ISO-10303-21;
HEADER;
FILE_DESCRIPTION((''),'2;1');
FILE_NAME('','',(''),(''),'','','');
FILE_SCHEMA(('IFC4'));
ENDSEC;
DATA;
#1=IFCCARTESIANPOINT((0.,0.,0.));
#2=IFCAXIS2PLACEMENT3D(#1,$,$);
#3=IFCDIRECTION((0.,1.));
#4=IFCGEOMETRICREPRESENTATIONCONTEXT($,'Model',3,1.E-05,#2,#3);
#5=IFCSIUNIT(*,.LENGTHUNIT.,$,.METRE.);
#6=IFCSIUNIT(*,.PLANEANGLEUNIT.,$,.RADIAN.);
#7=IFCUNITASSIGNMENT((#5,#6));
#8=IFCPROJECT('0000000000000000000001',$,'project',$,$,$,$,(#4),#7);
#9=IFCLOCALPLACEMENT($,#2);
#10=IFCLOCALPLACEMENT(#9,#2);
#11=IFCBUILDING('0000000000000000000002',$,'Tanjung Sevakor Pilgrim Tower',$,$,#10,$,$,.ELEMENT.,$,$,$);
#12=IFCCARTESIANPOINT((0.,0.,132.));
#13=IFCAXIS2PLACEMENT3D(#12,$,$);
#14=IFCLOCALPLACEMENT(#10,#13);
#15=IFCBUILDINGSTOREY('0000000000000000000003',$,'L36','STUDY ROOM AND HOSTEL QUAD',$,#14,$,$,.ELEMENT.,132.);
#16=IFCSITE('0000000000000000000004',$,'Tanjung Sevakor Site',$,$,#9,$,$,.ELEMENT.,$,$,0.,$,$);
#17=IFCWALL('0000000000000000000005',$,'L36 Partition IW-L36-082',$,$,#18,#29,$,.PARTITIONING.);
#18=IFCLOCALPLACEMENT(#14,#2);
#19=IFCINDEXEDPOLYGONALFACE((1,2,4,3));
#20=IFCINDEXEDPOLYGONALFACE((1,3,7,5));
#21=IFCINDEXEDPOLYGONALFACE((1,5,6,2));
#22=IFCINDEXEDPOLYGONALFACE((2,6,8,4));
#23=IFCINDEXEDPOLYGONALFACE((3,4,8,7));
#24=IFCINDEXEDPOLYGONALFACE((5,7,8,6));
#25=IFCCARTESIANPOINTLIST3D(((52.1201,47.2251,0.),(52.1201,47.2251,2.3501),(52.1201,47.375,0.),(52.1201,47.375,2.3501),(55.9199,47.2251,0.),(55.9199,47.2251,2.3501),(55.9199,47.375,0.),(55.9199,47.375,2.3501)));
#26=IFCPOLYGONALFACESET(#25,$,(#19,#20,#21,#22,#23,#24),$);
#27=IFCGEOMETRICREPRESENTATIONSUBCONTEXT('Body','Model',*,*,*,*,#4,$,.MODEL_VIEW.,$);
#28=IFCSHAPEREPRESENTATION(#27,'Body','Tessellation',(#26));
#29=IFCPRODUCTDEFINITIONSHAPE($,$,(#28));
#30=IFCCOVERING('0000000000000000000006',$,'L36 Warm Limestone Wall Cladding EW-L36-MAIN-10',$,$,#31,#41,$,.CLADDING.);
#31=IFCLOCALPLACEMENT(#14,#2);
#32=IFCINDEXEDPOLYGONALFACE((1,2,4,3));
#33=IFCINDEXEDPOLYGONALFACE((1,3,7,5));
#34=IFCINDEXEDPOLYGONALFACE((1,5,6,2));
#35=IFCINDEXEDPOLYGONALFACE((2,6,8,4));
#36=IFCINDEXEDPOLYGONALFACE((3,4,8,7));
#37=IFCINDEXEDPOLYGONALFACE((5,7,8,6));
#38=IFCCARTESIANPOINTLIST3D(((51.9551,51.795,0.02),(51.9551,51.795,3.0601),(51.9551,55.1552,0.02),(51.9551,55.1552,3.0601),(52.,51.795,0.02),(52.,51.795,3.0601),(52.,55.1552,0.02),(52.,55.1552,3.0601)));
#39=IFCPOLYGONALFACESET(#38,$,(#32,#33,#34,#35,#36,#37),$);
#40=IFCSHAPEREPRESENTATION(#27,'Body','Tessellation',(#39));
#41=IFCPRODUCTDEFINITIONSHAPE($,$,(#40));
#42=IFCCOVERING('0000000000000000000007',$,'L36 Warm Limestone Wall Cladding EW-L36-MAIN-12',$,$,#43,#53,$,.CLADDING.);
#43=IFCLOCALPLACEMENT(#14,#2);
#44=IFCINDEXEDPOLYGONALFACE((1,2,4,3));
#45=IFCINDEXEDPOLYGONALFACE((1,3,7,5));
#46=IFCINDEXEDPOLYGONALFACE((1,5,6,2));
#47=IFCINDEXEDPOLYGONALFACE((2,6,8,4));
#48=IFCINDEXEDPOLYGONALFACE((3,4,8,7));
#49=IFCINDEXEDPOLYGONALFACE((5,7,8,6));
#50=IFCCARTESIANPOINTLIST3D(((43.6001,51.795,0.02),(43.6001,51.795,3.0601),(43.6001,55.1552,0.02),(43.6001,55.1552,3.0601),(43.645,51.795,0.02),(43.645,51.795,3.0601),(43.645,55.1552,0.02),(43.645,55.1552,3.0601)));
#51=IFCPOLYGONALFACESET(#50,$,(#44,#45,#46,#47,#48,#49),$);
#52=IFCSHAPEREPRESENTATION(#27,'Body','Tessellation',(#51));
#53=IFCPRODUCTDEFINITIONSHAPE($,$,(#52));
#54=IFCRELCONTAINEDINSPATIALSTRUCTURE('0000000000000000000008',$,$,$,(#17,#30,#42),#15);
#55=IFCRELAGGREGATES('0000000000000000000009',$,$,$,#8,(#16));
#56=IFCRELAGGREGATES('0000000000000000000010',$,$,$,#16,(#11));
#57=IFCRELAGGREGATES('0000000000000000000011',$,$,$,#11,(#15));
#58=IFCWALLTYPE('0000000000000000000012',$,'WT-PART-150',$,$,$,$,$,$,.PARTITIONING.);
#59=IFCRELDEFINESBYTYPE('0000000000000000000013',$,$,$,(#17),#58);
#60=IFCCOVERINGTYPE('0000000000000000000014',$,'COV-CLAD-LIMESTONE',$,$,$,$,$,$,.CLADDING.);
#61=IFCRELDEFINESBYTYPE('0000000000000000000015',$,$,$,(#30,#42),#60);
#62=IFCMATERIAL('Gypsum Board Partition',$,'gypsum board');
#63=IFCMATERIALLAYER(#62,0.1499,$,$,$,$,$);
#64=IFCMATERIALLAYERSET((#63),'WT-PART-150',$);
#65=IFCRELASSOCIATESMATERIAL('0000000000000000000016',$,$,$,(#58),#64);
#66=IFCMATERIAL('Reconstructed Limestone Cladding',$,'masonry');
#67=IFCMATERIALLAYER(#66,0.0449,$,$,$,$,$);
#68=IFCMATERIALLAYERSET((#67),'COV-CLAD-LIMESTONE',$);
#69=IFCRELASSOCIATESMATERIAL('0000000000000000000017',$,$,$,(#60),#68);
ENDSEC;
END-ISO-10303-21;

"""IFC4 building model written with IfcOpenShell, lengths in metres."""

from ifc_helpers import new_model, si_unit, direction, frame, frame_2d, origin, origin_2d, place, context, subcontext, project, spatial, rectangle, extrude, material, layer, layer_set, type_object, element, save


model = new_model("IFC4")

# Units and contexts
model_context = context("Model", 3, precision=1e-05, world=origin(), true_north=direction((0.0, 1.0)))
body_context = subcontext(model_context, "Body", "Model", "MODEL_VIEW")
ifc_project = project(units=[si_unit("LENGTHUNIT", "METRE"), si_unit("PLANEANGLEUNIT", "RADIAN")], contexts=[model_context])

# Site, building, storey
site_placement = place(None, origin())
site = spatial("IfcSite", under=ifc_project, at=site_placement, Name="Tanjung Sevakor Site", CompositionType="ELEMENT", RefElevation=0.0)
building_placement = place(site_placement, origin())
building = spatial("IfcBuilding", under=site, at=building_placement, Name="Tanjung Sevakor Pilgrim Tower", CompositionType="ELEMENT")
storey_placement = place(building_placement, frame((0.0, 0.0, 132.0)))
storey = spatial("IfcBuildingStorey", under=building, at=storey_placement, Name="L36", Description="STUDY ROOM AND HOSTEL QUAD", CompositionType="ELEMENT", Elevation=132.0)

# Wall
ifc_material_1 = material(Name="Gypsum Board Partition", Category="gypsum board")
ifc_layer_1 = layer(ifc_material_1, 0.1499)
ifc_layer_set_1 = layer_set([ifc_layer_1], Name="WT-PART-150")
wall_type_1 = type_object("IfcWallType", Name="WT-PART-150", PredefinedType="PARTITIONING", material=ifc_layer_set_1)
wall_1_placement = place(storey_placement, frame((52.1201, 47.3, 0.0), z_axis=(0.0, 0.0, 1.0), x_axis=(1.0, 0.0, 0.0)))
element("IfcWall", 1, at=wall_1_placement, inside=storey, type_object=wall_type_1, Name="L36 Partition IW-L36-082", PredefinedType="PARTITIONING", context=body_context, shape_type="SweptSolid", body=[
    extrude(rectangle(XDim=3.7998, YDim=0.1499, at=frame_2d((1.8999, 0.0))), origin(), (0.0, 0.0, 1.0), 2.3501),
])

# Coverings
ifc_material_2 = material(Name="Reconstructed Limestone Cladding", Category="masonry")
ifc_layer_2 = layer(ifc_material_2, 0.0449)
ifc_layer_set_2 = layer_set([ifc_layer_2], Name="COV-CLAD-LIMESTONE")
covering_type = type_object("IfcCoveringType", Name="COV-CLAD-LIMESTONE", PredefinedType="CLADDING", material=ifc_layer_set_2)
for number, where, z_axis, x_axis, name in (
    (2, (51.9775, 53.4751, 0.02), (0.0, 0.0, 1.0), (0.0, -1.0, 0.0), "L36 Warm Limestone Wall Cladding EW-L36-MAIN-10"),
    (3, (43.6226, 53.4751, 0.02), (0.0, 0.0, 1.0), (0.0, 1.0, 0.0), "L36 Warm Limestone Wall Cladding EW-L36-MAIN-12"),
):
    element("IfcCovering", number, at=place(storey_placement, frame(where, z_axis=z_axis, x_axis=x_axis)), inside=storey, type_object=covering_type, Name=name, PredefinedType="CLADDING", context=body_context, shape_type="SweptSolid", body=[
        extrude(rectangle(XDim=3.3601, YDim=0.0449, at=origin_2d()), origin(), (0.0, 0.0, 1.0), 3.04),
    ])

save(model, "model.ifc")
